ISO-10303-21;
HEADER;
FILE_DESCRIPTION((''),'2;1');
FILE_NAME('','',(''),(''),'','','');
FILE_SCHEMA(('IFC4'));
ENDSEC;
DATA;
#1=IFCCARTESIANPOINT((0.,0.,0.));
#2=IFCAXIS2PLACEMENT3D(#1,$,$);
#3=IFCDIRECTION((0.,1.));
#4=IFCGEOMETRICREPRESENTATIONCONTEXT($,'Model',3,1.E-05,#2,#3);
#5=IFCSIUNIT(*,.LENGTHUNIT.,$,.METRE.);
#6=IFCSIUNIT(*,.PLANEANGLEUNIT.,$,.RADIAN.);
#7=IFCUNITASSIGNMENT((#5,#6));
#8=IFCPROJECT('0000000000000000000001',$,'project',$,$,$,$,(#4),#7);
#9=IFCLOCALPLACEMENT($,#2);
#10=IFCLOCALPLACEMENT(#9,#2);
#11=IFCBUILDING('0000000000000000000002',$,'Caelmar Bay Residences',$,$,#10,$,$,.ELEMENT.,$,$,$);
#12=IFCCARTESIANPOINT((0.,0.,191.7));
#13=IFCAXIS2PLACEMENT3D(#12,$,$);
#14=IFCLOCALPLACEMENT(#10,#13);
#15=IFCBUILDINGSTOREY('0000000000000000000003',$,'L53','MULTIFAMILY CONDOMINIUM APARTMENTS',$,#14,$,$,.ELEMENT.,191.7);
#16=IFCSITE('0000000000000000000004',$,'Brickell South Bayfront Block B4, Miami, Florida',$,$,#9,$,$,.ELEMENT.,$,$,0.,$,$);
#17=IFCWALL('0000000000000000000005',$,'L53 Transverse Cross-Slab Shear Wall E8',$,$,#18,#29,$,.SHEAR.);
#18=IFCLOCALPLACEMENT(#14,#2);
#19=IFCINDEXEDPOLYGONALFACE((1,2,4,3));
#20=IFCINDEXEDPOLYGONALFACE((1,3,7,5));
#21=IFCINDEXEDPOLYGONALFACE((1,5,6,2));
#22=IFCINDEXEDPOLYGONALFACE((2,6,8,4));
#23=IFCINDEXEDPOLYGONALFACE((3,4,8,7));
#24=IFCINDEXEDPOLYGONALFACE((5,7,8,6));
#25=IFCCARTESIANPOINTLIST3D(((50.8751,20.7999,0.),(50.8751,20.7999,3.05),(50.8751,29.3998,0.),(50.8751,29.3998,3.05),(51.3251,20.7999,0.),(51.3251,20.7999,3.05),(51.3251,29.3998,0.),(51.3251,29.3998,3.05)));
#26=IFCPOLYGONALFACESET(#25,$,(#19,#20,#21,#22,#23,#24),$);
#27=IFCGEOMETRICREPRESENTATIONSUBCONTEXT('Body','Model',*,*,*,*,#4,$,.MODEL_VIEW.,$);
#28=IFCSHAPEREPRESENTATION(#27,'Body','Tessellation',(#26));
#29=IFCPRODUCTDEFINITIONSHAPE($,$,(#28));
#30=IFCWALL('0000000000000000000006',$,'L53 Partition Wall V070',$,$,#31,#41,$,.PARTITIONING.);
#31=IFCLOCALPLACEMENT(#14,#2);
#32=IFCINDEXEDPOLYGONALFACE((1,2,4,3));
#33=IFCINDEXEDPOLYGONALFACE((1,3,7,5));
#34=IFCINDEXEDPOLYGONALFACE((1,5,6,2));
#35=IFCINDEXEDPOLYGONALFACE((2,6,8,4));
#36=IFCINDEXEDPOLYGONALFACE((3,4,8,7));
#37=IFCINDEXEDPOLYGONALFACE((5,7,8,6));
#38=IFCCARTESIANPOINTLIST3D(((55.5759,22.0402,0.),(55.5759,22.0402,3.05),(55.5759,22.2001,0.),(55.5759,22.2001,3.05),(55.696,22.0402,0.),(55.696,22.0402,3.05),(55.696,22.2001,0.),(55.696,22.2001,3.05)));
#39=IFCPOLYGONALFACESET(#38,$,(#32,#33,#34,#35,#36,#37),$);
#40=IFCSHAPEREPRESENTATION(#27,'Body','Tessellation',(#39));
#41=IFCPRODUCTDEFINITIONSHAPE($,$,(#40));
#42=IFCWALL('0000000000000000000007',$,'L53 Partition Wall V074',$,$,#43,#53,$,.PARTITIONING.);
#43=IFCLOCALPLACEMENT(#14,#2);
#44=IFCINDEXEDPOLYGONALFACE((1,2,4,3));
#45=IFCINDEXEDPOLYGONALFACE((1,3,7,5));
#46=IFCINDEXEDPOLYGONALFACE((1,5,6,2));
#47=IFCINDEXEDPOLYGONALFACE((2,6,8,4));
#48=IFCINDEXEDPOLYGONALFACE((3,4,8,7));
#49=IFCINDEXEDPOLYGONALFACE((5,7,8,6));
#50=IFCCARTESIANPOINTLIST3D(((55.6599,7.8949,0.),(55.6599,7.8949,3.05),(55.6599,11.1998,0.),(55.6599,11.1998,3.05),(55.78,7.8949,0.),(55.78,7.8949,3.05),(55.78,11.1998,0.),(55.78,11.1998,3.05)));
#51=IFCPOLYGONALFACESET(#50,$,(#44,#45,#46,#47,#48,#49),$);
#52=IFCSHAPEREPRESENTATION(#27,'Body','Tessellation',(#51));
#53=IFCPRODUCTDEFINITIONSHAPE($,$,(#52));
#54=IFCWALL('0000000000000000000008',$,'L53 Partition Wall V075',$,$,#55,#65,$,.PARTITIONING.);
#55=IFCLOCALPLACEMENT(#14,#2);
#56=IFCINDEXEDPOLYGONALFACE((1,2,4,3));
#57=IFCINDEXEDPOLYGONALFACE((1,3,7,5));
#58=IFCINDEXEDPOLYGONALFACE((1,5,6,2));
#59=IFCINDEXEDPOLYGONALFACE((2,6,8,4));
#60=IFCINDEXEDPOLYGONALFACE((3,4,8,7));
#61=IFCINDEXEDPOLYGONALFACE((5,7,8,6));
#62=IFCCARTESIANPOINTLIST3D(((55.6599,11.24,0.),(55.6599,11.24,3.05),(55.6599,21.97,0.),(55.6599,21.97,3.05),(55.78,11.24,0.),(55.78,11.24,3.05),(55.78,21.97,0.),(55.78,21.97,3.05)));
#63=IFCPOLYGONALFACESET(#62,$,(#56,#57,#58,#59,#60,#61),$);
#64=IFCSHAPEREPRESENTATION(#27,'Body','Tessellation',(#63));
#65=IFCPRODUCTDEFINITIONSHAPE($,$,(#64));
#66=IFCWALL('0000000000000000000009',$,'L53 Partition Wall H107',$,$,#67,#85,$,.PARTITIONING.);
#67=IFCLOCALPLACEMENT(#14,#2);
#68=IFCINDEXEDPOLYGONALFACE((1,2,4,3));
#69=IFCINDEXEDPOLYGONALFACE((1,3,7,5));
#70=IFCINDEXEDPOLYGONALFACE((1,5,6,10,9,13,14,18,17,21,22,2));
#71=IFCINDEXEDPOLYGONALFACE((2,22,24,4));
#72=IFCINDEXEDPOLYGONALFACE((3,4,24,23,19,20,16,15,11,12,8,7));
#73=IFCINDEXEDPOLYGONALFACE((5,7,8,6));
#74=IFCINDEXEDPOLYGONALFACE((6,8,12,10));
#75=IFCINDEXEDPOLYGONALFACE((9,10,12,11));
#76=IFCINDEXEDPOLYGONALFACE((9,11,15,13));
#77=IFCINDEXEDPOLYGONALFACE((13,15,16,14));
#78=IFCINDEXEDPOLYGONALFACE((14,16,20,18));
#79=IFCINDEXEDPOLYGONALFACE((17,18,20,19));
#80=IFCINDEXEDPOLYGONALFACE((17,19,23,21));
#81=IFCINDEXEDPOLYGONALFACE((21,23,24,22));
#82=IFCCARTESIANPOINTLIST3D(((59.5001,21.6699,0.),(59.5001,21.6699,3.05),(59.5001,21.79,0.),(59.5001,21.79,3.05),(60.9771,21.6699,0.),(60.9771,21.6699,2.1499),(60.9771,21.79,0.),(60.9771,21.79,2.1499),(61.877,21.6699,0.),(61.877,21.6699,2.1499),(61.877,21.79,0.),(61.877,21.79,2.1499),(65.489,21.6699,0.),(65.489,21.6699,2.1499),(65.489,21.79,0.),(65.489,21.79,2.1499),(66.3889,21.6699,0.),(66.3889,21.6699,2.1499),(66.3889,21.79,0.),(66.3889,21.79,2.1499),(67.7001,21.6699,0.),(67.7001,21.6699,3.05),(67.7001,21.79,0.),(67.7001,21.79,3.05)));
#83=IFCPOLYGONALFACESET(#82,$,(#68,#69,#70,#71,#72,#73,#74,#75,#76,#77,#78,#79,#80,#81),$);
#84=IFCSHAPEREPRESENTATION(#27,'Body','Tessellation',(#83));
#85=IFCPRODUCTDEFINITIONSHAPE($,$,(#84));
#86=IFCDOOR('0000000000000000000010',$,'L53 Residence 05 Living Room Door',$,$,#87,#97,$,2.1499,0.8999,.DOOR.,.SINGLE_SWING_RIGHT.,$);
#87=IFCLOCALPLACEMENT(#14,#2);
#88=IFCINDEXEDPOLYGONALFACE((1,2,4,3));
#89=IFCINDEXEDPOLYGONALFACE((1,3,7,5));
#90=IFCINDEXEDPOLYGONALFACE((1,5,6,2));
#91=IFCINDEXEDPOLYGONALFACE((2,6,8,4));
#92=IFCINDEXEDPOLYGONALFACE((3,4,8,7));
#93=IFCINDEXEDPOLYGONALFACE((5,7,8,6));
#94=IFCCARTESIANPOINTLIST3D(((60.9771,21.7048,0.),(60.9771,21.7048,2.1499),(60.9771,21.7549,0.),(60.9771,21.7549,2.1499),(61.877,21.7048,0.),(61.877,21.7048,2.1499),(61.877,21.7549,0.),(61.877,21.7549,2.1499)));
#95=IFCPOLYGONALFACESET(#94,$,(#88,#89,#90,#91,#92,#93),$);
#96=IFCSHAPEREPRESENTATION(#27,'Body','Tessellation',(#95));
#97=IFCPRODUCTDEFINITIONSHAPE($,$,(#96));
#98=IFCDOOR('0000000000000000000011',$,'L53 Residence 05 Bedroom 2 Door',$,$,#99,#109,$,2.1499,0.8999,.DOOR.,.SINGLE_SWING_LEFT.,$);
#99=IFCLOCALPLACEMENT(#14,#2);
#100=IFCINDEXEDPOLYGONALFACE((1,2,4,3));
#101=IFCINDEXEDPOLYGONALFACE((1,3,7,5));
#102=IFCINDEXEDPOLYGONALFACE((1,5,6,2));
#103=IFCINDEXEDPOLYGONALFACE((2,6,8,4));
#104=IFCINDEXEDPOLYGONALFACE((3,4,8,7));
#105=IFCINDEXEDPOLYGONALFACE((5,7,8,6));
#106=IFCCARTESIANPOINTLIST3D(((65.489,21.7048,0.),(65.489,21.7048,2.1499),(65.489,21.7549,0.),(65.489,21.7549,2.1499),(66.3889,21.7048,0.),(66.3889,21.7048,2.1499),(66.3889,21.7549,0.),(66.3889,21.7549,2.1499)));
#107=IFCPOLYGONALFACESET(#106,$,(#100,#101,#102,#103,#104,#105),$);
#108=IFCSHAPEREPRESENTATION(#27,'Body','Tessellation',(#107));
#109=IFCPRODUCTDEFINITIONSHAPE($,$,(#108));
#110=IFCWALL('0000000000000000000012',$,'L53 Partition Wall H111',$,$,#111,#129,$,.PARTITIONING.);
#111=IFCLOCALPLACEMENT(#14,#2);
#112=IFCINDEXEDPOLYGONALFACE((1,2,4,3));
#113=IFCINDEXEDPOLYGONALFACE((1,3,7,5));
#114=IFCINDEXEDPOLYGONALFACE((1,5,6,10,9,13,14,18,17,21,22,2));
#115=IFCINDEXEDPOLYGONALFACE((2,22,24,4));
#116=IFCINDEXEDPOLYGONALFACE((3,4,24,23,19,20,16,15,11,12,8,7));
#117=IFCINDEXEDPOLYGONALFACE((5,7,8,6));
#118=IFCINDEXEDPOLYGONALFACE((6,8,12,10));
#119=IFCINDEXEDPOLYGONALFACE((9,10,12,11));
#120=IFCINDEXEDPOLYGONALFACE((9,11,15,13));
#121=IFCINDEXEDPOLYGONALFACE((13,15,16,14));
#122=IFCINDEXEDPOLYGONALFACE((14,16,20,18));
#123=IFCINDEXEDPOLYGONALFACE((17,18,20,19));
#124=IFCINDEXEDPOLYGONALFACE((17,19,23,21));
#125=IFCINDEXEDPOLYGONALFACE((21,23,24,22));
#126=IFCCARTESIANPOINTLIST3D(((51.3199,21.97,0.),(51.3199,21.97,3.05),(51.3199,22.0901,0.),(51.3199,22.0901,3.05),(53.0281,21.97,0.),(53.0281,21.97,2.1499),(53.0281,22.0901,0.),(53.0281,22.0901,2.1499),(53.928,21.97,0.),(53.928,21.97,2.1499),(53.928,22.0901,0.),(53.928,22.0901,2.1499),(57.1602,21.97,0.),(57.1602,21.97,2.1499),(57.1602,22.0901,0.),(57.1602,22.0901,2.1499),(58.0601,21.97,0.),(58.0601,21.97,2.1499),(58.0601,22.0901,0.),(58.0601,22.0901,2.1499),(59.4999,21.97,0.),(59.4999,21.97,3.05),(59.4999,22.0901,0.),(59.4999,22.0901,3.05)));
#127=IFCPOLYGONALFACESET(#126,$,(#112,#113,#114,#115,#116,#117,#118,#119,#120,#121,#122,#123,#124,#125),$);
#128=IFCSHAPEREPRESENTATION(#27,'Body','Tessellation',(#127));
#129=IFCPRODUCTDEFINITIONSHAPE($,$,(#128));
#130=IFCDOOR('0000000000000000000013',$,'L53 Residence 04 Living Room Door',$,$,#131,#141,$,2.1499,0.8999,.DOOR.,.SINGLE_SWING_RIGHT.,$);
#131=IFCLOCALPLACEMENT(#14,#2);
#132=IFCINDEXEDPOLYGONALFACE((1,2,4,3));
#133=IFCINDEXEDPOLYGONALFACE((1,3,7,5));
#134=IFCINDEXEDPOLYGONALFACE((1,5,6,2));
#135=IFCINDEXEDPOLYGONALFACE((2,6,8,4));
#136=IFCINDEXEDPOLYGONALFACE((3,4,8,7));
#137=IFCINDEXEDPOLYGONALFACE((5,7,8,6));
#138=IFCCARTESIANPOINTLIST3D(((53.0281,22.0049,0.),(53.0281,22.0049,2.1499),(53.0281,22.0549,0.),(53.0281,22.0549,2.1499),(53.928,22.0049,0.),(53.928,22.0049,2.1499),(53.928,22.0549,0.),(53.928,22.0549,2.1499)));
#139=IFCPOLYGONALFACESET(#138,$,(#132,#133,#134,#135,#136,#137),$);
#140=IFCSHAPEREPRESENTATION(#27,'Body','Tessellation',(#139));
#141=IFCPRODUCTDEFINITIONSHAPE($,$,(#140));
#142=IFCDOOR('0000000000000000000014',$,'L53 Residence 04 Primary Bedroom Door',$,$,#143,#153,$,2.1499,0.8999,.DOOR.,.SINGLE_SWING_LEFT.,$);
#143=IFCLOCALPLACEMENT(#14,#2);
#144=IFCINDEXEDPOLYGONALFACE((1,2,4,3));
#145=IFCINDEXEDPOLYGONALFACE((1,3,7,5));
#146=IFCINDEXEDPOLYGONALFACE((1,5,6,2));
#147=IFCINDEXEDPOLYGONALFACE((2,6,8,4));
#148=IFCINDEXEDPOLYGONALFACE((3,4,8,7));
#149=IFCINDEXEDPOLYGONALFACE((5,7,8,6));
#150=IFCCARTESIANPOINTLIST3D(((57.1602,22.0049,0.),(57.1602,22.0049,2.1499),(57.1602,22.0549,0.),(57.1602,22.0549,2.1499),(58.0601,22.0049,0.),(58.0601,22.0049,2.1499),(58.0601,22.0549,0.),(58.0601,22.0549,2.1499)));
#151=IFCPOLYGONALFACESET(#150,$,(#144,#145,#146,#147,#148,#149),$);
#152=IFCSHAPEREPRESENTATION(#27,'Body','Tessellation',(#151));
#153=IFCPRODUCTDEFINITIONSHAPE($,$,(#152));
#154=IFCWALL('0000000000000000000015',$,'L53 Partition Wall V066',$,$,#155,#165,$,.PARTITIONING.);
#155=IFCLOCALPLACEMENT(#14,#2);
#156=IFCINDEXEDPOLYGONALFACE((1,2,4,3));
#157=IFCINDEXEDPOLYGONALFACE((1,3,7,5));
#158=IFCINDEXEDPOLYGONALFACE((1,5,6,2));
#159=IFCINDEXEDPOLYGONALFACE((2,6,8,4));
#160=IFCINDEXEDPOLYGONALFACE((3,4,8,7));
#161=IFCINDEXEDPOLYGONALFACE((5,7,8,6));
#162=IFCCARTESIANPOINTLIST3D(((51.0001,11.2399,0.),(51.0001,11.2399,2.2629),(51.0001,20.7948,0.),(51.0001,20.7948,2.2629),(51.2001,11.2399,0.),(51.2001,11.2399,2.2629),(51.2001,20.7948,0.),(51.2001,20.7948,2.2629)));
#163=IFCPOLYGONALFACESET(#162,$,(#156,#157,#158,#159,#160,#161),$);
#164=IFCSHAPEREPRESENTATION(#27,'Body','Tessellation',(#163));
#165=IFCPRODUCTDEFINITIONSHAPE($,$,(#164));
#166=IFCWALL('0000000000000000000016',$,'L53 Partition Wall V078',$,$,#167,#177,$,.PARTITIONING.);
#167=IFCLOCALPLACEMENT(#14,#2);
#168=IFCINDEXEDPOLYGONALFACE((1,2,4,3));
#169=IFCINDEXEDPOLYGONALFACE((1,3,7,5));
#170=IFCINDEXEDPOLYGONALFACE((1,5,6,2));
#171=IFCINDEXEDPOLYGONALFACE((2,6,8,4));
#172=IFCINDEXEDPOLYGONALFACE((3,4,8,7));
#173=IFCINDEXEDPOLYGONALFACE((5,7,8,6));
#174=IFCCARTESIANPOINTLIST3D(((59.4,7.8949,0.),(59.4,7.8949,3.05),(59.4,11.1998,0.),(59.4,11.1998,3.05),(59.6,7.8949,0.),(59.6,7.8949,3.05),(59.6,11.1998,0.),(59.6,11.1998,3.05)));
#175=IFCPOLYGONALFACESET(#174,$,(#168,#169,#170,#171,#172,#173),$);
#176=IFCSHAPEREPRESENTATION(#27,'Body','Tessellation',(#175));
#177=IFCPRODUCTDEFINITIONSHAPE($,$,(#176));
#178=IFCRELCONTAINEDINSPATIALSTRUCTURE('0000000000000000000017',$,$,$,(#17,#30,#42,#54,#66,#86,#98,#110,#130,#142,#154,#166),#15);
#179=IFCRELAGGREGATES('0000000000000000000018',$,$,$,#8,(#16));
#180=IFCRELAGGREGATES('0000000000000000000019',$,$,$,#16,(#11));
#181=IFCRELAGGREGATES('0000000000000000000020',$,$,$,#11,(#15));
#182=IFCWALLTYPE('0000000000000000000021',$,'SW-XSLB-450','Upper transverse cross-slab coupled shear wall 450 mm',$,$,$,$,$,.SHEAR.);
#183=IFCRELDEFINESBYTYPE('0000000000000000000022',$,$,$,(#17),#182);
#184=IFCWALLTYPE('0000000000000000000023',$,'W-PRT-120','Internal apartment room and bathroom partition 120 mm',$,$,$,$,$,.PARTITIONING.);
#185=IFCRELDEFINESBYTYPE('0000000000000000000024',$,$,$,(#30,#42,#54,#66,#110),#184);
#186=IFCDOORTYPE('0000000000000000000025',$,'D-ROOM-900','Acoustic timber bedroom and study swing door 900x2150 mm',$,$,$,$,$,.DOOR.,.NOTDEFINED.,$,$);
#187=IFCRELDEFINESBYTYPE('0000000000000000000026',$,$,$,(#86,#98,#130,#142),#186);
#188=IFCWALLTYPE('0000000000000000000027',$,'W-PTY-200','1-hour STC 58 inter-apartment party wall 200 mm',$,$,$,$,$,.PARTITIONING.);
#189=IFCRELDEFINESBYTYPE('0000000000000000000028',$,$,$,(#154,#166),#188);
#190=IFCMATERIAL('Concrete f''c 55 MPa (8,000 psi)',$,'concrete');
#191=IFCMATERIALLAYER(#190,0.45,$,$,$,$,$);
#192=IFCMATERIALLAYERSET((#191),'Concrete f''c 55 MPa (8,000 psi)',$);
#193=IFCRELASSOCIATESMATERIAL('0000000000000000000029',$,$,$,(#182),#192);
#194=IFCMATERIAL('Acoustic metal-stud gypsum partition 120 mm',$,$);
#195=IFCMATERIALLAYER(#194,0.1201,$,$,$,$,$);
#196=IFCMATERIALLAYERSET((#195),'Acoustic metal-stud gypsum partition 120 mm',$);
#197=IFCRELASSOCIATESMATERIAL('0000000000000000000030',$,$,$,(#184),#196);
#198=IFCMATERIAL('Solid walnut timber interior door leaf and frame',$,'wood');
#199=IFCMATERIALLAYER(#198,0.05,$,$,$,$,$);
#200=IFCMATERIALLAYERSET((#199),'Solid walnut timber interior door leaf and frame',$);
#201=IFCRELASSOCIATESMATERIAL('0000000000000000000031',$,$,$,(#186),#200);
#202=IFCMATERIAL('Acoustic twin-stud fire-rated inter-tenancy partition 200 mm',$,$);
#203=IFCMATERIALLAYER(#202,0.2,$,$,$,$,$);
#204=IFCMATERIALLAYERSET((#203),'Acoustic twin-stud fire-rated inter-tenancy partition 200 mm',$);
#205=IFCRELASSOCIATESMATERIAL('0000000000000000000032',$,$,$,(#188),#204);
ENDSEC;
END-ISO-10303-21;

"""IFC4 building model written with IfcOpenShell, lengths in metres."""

from ifc_helpers import new_model, si_unit, direction, frame, frame_2d, origin, place, context, subcontext, project, spatial, rectangle, extrude, material, layer, layer_set, type_object, element, fill, save


model = new_model("IFC4")

# Units and contexts
model_context = context("Model", 3, precision=1e-05, world=origin(), true_north=direction((0.0, 1.0)))
body_context = subcontext(model_context, "Body", "Model", "MODEL_VIEW")
ifc_project = project(units=[si_unit("LENGTHUNIT", "METRE"), si_unit("PLANEANGLEUNIT", "RADIAN")], contexts=[model_context])

# Site, building, storey
site_placement = place(None, origin())
site = spatial("IfcSite", under=ifc_project, at=site_placement, Name="Brickell South Bayfront Block B4, Miami, Florida", CompositionType="ELEMENT", RefElevation=0.0)
building_placement = place(site_placement, origin())
building = spatial("IfcBuilding", under=site, at=building_placement, Name="Caelmar Bay Residences", CompositionType="ELEMENT")
storey_placement = place(building_placement, frame((0.0, 0.0, 191.7)))
storey = spatial("IfcBuildingStorey", under=building, at=storey_placement, Name="L53", Description="MULTIFAMILY CONDOMINIUM APARTMENTS", CompositionType="ELEMENT", Elevation=191.7)

# Shared definitions
ifc_material_1 = material(Name="Concrete f'c 55 MPa (8,000 psi)", Category="concrete")

# Walls
ifc_layer_1 = layer(ifc_material_1, 0.45)
ifc_layer_set_1 = layer_set([ifc_layer_1], Name="Concrete f'c 55 MPa (8,000 psi)")
wall_type_1 = type_object("IfcWallType", Name="SW-XSLB-450", Description="Upper transverse cross-slab coupled shear wall 450 mm", PredefinedType="SHEAR", material=ifc_layer_set_1)
wall_1_placement = place(storey_placement, frame((51.1001, 20.8, 0.0), z_axis=(0.0, 0.0, 1.0), x_axis=(0.0, 1.0, 0.0)))
element("IfcWall", 1, at=wall_1_placement, inside=storey, type_object=wall_type_1, Name="L53 Transverse Cross-Slab Shear Wall E8", PredefinedType="SHEAR", context=body_context, shape_type="SweptSolid", body=[
    extrude(rectangle(XDim=8.5999, YDim=0.45, at=frame_2d((4.2998, 0.0))), origin(), (0.0, 0.0, 1.0), 3.05),
])
ifc_material_2 = material(Name="Acoustic metal-stud gypsum partition 120 mm")
ifc_layer_2 = layer(ifc_material_2, 0.1201)
ifc_layer_set_2 = layer_set([ifc_layer_2], Name="Acoustic metal-stud gypsum partition 120 mm")
wall_type_2 = type_object("IfcWallType", Name="W-PRT-120", Description="Internal apartment room and bathroom partition 120 mm", PredefinedType="PARTITIONING", material=ifc_layer_set_2)
wall_2_placement = place(storey_placement, frame((55.636, 22.04, 0.0), z_axis=(0.0, 0.0, 1.0), x_axis=(0.0, 1.0, 0.0)))
element("IfcWall", 2, at=wall_2_placement, inside=storey, type_object=wall_type_2, Name="L53 Partition Wall V070", PredefinedType="PARTITIONING", context=body_context, shape_type="SweptSolid", body=[
    extrude(rectangle(XDim=0.1599, YDim=0.1201, at=frame_2d((0.0801, 0.0))), origin(), (0.0, 0.0, 1.0), 3.05),
])
wall_3_placement = place(storey_placement, frame((55.72, 7.895, 0.0), z_axis=(0.0, 0.0, 1.0), x_axis=(0.0, 1.0, 0.0)))
element("IfcWall", 3, at=wall_3_placement, inside=storey, type_object=wall_type_2, Name="L53 Partition Wall V074", PredefinedType="PARTITIONING", context=body_context, shape_type="SweptSolid", body=[
    extrude(rectangle(XDim=3.3049, YDim=0.1201, at=frame_2d((1.6523, 0.0))), origin(), (0.0, 0.0, 1.0), 3.05),
])
wall_4_placement = place(storey_placement, frame((55.72, 11.24, 0.0), z_axis=(0.0, 0.0, 1.0), x_axis=(0.0, 1.0, 0.0)))
element("IfcWall", 4, at=wall_4_placement, inside=storey, type_object=wall_type_2, Name="L53 Partition Wall V075", PredefinedType="PARTITIONING", context=body_context, shape_type="SweptSolid", body=[
    extrude(rectangle(XDim=10.73, YDim=0.1201, at=frame_2d((5.365, 0.0))), origin(), (0.0, 0.0, 1.0), 3.05),
])

# Walls, openings, doors
wall_5_placement = place(storey_placement, frame((59.5, 21.73, 0.0), z_axis=(0.0, 0.0, 1.0), x_axis=(1.0, 0.0, 0.0)))
wall_5 = element("IfcWall", 5, at=wall_5_placement, inside=storey, type_object=wall_type_2, Name="L53 Partition Wall H107", PredefinedType="PARTITIONING", context=body_context, shape_type="SweptSolid", body=[
    extrude(rectangle(XDim=8.2, YDim=0.1201, at=frame_2d((4.1001, 0.0))), origin(), (0.0, 0.0, 1.0), 3.05),
])
opening_1_placement = place(wall_5_placement, frame((1.4771, 0.0, 0.0)))
opening_1 = element("IfcOpeningElement", 6, at=opening_1_placement, cuts=wall_5, PredefinedType="OPENING", context=body_context, shape_type="SweptSolid", body=[
    extrude(rectangle(XDim=0.8999, YDim=2.1499, at=frame_2d((0.45, 1.075))), frame((0.0, 0.0701, 0.0), z_axis=(0.0, -1.0, 0.0), x_axis=(1.0, 0.0, 0.0)), (0.0, 0.0, 1.0), 0.1401),
])
opening_2_placement = place(wall_5_placement, frame((5.989, 0.0, 0.0)))
opening_2 = element("IfcOpeningElement", 7, at=opening_2_placement, cuts=wall_5, PredefinedType="OPENING", context=body_context, shape_type="SweptSolid", body=[
    extrude(rectangle(XDim=0.8999, YDim=2.1499, at=frame_2d((0.45, 1.075))), frame((0.0, 0.0701, 0.0), z_axis=(0.0, -1.0, 0.0), x_axis=(1.0, 0.0, 0.0)), (0.0, 0.0, 1.0), 0.1401),
])
ifc_material_3 = material(Name="Solid walnut timber interior door leaf and frame", Category="wood")
ifc_layer_3 = layer(ifc_material_3, 0.05)
ifc_layer_set_3 = layer_set([ifc_layer_3], Name="Solid walnut timber interior door leaf and frame")
door_type = type_object("IfcDoorType", Name="D-ROOM-900", Description="Acoustic timber bedroom and study swing door 900x2150 mm", OperationType="NOTDEFINED", PredefinedType="DOOR", material=ifc_layer_set_3)
door_1_placement = place(opening_1_placement, origin())
door_1 = element("IfcDoor", 8, at=door_1_placement, inside=storey, type_object=door_type, Name="L53 Residence 05 Living Room Door", OperationType="SINGLE_SWING_RIGHT", OverallHeight=2.1499, OverallWidth=0.8999, PredefinedType="DOOR", context=body_context, shape_type="SweptSolid", body=[
    extrude(rectangle(XDim=0.8999, YDim=2.1499, at=frame_2d((0.45, 1.075))), frame((0.0, 0.0249, 0.0), z_axis=(0.0, -1.0, 0.0), x_axis=(1.0, 0.0, 0.0)), (0.0, 0.0, 1.0), 0.05),
])
fill(opening_1, door_1)
door_2_placement = place(opening_2_placement, origin())
door_2 = element("IfcDoor", 9, at=door_2_placement, inside=storey, type_object=door_type, Name="L53 Residence 05 Bedroom 2 Door", OperationType="SINGLE_SWING_LEFT", OverallHeight=2.1499, OverallWidth=0.8999, PredefinedType="DOOR", context=body_context, shape_type="SweptSolid", body=[
    extrude(rectangle(XDim=0.8999, YDim=2.1499, at=frame_2d((0.45, 1.075))), frame((0.0, 0.0249, 0.0), z_axis=(0.0, -1.0, 0.0), x_axis=(1.0, 0.0, 0.0)), (0.0, 0.0, 1.0), 0.05),
])
fill(opening_2, door_2)
wall_6_placement = place(storey_placement, frame((51.3201, 22.03, 0.0), z_axis=(0.0, 0.0, 1.0), x_axis=(1.0, 0.0, 0.0)))
wall_6 = element("IfcWall", 10, at=wall_6_placement, inside=storey, type_object=wall_type_2, Name="L53 Partition Wall H111", PredefinedType="PARTITIONING", context=body_context, shape_type="SweptSolid", body=[
    extrude(rectangle(XDim=8.1799, YDim=0.1201, at=frame_2d((4.0898, 0.0))), origin(), (0.0, 0.0, 1.0), 3.05),
])
opening_3_placement = place(wall_6_placement, frame((1.708, 0.0, 0.0)))
opening_3 = element("IfcOpeningElement", 11, at=opening_3_placement, cuts=wall_6, PredefinedType="OPENING", context=body_context, shape_type="SweptSolid", body=[
    extrude(rectangle(XDim=0.8999, YDim=2.1499, at=frame_2d((0.45, 1.075))), frame((0.0, 0.0701, 0.0), z_axis=(0.0, -1.0, 0.0), x_axis=(1.0, 0.0, 0.0)), (0.0, 0.0, 1.0), 0.1401),
])
opening_4_placement = place(wall_6_placement, frame((5.8401, 0.0, 0.0)))
opening_4 = element("IfcOpeningElement", 12, at=opening_4_placement, cuts=wall_6, PredefinedType="OPENING", context=body_context, shape_type="SweptSolid", body=[
    extrude(rectangle(XDim=0.8999, YDim=2.1499, at=frame_2d((0.45, 1.075))), frame((0.0, 0.0701, 0.0), z_axis=(0.0, -1.0, 0.0), x_axis=(1.0, 0.0, 0.0)), (0.0, 0.0, 1.0), 0.1401),
])
door_3_placement = place(opening_3_placement, origin())
door_3 = element("IfcDoor", 13, at=door_3_placement, inside=storey, type_object=door_type, Name="L53 Residence 04 Living Room Door", OperationType="SINGLE_SWING_RIGHT", OverallHeight=2.1499, OverallWidth=0.8999, PredefinedType="DOOR", context=body_context, shape_type="SweptSolid", body=[
    extrude(rectangle(XDim=0.8999, YDim=2.1499, at=frame_2d((0.45, 1.075))), frame((0.0, 0.0249, 0.0), z_axis=(0.0, -1.0, 0.0), x_axis=(1.0, 0.0, 0.0)), (0.0, 0.0, 1.0), 0.05),
])
fill(opening_3, door_3)
door_4_placement = place(opening_4_placement, origin())
door_4 = element("IfcDoor", 14, at=door_4_placement, inside=storey, type_object=door_type, Name="L53 Residence 04 Primary Bedroom Door", OperationType="SINGLE_SWING_LEFT", OverallHeight=2.1499, OverallWidth=0.8999, PredefinedType="DOOR", context=body_context, shape_type="SweptSolid", body=[
    extrude(rectangle(XDim=0.8999, YDim=2.1499, at=frame_2d((0.45, 1.075))), frame((0.0, 0.0249, 0.0), z_axis=(0.0, -1.0, 0.0), x_axis=(1.0, 0.0, 0.0)), (0.0, 0.0, 1.0), 0.05),
])
fill(opening_4, door_4)

# Walls
ifc_material_4 = material(Name="Acoustic twin-stud fire-rated inter-tenancy partition 200 mm")
ifc_layer_4 = layer(ifc_material_4, 0.2)
ifc_layer_set_4 = layer_set([ifc_layer_4], Name="Acoustic twin-stud fire-rated inter-tenancy partition 200 mm")
wall_type_3 = type_object("IfcWallType", Name="W-PTY-200", Description="1-hour STC 58 inter-apartment party wall 200 mm", PredefinedType="PARTITIONING", material=ifc_layer_set_4)
wall_7_placement = place(storey_placement, frame((51.1001, 11.24, 0.0), z_axis=(0.0, 0.0, 1.0), x_axis=(0.0, 1.0, 0.0)))
element("IfcWall", 15, at=wall_7_placement, inside=storey, type_object=wall_type_3, Name="L53 Partition Wall V066", PredefinedType="PARTITIONING", context=body_context, shape_type="SweptSolid", body=[
    extrude(rectangle(XDim=9.5549, YDim=0.2, at=frame_2d((4.7773, 0.0))), origin(), (0.0, 0.0, 1.0), 2.2629),
])
wall_8_placement = place(storey_placement, frame((59.5, 7.895, 0.0), z_axis=(0.0, 0.0, 1.0), x_axis=(0.0, 1.0, 0.0)))
element("IfcWall", 16, at=wall_8_placement, inside=storey, type_object=wall_type_3, Name="L53 Partition Wall V078", PredefinedType="PARTITIONING", context=body_context, shape_type="SweptSolid", body=[
    extrude(rectangle(XDim=3.3049, YDim=0.2, at=frame_2d((1.6523, 0.0))), origin(), (0.0, 0.0, 1.0), 3.05),
])

save(model, "model.ifc")
